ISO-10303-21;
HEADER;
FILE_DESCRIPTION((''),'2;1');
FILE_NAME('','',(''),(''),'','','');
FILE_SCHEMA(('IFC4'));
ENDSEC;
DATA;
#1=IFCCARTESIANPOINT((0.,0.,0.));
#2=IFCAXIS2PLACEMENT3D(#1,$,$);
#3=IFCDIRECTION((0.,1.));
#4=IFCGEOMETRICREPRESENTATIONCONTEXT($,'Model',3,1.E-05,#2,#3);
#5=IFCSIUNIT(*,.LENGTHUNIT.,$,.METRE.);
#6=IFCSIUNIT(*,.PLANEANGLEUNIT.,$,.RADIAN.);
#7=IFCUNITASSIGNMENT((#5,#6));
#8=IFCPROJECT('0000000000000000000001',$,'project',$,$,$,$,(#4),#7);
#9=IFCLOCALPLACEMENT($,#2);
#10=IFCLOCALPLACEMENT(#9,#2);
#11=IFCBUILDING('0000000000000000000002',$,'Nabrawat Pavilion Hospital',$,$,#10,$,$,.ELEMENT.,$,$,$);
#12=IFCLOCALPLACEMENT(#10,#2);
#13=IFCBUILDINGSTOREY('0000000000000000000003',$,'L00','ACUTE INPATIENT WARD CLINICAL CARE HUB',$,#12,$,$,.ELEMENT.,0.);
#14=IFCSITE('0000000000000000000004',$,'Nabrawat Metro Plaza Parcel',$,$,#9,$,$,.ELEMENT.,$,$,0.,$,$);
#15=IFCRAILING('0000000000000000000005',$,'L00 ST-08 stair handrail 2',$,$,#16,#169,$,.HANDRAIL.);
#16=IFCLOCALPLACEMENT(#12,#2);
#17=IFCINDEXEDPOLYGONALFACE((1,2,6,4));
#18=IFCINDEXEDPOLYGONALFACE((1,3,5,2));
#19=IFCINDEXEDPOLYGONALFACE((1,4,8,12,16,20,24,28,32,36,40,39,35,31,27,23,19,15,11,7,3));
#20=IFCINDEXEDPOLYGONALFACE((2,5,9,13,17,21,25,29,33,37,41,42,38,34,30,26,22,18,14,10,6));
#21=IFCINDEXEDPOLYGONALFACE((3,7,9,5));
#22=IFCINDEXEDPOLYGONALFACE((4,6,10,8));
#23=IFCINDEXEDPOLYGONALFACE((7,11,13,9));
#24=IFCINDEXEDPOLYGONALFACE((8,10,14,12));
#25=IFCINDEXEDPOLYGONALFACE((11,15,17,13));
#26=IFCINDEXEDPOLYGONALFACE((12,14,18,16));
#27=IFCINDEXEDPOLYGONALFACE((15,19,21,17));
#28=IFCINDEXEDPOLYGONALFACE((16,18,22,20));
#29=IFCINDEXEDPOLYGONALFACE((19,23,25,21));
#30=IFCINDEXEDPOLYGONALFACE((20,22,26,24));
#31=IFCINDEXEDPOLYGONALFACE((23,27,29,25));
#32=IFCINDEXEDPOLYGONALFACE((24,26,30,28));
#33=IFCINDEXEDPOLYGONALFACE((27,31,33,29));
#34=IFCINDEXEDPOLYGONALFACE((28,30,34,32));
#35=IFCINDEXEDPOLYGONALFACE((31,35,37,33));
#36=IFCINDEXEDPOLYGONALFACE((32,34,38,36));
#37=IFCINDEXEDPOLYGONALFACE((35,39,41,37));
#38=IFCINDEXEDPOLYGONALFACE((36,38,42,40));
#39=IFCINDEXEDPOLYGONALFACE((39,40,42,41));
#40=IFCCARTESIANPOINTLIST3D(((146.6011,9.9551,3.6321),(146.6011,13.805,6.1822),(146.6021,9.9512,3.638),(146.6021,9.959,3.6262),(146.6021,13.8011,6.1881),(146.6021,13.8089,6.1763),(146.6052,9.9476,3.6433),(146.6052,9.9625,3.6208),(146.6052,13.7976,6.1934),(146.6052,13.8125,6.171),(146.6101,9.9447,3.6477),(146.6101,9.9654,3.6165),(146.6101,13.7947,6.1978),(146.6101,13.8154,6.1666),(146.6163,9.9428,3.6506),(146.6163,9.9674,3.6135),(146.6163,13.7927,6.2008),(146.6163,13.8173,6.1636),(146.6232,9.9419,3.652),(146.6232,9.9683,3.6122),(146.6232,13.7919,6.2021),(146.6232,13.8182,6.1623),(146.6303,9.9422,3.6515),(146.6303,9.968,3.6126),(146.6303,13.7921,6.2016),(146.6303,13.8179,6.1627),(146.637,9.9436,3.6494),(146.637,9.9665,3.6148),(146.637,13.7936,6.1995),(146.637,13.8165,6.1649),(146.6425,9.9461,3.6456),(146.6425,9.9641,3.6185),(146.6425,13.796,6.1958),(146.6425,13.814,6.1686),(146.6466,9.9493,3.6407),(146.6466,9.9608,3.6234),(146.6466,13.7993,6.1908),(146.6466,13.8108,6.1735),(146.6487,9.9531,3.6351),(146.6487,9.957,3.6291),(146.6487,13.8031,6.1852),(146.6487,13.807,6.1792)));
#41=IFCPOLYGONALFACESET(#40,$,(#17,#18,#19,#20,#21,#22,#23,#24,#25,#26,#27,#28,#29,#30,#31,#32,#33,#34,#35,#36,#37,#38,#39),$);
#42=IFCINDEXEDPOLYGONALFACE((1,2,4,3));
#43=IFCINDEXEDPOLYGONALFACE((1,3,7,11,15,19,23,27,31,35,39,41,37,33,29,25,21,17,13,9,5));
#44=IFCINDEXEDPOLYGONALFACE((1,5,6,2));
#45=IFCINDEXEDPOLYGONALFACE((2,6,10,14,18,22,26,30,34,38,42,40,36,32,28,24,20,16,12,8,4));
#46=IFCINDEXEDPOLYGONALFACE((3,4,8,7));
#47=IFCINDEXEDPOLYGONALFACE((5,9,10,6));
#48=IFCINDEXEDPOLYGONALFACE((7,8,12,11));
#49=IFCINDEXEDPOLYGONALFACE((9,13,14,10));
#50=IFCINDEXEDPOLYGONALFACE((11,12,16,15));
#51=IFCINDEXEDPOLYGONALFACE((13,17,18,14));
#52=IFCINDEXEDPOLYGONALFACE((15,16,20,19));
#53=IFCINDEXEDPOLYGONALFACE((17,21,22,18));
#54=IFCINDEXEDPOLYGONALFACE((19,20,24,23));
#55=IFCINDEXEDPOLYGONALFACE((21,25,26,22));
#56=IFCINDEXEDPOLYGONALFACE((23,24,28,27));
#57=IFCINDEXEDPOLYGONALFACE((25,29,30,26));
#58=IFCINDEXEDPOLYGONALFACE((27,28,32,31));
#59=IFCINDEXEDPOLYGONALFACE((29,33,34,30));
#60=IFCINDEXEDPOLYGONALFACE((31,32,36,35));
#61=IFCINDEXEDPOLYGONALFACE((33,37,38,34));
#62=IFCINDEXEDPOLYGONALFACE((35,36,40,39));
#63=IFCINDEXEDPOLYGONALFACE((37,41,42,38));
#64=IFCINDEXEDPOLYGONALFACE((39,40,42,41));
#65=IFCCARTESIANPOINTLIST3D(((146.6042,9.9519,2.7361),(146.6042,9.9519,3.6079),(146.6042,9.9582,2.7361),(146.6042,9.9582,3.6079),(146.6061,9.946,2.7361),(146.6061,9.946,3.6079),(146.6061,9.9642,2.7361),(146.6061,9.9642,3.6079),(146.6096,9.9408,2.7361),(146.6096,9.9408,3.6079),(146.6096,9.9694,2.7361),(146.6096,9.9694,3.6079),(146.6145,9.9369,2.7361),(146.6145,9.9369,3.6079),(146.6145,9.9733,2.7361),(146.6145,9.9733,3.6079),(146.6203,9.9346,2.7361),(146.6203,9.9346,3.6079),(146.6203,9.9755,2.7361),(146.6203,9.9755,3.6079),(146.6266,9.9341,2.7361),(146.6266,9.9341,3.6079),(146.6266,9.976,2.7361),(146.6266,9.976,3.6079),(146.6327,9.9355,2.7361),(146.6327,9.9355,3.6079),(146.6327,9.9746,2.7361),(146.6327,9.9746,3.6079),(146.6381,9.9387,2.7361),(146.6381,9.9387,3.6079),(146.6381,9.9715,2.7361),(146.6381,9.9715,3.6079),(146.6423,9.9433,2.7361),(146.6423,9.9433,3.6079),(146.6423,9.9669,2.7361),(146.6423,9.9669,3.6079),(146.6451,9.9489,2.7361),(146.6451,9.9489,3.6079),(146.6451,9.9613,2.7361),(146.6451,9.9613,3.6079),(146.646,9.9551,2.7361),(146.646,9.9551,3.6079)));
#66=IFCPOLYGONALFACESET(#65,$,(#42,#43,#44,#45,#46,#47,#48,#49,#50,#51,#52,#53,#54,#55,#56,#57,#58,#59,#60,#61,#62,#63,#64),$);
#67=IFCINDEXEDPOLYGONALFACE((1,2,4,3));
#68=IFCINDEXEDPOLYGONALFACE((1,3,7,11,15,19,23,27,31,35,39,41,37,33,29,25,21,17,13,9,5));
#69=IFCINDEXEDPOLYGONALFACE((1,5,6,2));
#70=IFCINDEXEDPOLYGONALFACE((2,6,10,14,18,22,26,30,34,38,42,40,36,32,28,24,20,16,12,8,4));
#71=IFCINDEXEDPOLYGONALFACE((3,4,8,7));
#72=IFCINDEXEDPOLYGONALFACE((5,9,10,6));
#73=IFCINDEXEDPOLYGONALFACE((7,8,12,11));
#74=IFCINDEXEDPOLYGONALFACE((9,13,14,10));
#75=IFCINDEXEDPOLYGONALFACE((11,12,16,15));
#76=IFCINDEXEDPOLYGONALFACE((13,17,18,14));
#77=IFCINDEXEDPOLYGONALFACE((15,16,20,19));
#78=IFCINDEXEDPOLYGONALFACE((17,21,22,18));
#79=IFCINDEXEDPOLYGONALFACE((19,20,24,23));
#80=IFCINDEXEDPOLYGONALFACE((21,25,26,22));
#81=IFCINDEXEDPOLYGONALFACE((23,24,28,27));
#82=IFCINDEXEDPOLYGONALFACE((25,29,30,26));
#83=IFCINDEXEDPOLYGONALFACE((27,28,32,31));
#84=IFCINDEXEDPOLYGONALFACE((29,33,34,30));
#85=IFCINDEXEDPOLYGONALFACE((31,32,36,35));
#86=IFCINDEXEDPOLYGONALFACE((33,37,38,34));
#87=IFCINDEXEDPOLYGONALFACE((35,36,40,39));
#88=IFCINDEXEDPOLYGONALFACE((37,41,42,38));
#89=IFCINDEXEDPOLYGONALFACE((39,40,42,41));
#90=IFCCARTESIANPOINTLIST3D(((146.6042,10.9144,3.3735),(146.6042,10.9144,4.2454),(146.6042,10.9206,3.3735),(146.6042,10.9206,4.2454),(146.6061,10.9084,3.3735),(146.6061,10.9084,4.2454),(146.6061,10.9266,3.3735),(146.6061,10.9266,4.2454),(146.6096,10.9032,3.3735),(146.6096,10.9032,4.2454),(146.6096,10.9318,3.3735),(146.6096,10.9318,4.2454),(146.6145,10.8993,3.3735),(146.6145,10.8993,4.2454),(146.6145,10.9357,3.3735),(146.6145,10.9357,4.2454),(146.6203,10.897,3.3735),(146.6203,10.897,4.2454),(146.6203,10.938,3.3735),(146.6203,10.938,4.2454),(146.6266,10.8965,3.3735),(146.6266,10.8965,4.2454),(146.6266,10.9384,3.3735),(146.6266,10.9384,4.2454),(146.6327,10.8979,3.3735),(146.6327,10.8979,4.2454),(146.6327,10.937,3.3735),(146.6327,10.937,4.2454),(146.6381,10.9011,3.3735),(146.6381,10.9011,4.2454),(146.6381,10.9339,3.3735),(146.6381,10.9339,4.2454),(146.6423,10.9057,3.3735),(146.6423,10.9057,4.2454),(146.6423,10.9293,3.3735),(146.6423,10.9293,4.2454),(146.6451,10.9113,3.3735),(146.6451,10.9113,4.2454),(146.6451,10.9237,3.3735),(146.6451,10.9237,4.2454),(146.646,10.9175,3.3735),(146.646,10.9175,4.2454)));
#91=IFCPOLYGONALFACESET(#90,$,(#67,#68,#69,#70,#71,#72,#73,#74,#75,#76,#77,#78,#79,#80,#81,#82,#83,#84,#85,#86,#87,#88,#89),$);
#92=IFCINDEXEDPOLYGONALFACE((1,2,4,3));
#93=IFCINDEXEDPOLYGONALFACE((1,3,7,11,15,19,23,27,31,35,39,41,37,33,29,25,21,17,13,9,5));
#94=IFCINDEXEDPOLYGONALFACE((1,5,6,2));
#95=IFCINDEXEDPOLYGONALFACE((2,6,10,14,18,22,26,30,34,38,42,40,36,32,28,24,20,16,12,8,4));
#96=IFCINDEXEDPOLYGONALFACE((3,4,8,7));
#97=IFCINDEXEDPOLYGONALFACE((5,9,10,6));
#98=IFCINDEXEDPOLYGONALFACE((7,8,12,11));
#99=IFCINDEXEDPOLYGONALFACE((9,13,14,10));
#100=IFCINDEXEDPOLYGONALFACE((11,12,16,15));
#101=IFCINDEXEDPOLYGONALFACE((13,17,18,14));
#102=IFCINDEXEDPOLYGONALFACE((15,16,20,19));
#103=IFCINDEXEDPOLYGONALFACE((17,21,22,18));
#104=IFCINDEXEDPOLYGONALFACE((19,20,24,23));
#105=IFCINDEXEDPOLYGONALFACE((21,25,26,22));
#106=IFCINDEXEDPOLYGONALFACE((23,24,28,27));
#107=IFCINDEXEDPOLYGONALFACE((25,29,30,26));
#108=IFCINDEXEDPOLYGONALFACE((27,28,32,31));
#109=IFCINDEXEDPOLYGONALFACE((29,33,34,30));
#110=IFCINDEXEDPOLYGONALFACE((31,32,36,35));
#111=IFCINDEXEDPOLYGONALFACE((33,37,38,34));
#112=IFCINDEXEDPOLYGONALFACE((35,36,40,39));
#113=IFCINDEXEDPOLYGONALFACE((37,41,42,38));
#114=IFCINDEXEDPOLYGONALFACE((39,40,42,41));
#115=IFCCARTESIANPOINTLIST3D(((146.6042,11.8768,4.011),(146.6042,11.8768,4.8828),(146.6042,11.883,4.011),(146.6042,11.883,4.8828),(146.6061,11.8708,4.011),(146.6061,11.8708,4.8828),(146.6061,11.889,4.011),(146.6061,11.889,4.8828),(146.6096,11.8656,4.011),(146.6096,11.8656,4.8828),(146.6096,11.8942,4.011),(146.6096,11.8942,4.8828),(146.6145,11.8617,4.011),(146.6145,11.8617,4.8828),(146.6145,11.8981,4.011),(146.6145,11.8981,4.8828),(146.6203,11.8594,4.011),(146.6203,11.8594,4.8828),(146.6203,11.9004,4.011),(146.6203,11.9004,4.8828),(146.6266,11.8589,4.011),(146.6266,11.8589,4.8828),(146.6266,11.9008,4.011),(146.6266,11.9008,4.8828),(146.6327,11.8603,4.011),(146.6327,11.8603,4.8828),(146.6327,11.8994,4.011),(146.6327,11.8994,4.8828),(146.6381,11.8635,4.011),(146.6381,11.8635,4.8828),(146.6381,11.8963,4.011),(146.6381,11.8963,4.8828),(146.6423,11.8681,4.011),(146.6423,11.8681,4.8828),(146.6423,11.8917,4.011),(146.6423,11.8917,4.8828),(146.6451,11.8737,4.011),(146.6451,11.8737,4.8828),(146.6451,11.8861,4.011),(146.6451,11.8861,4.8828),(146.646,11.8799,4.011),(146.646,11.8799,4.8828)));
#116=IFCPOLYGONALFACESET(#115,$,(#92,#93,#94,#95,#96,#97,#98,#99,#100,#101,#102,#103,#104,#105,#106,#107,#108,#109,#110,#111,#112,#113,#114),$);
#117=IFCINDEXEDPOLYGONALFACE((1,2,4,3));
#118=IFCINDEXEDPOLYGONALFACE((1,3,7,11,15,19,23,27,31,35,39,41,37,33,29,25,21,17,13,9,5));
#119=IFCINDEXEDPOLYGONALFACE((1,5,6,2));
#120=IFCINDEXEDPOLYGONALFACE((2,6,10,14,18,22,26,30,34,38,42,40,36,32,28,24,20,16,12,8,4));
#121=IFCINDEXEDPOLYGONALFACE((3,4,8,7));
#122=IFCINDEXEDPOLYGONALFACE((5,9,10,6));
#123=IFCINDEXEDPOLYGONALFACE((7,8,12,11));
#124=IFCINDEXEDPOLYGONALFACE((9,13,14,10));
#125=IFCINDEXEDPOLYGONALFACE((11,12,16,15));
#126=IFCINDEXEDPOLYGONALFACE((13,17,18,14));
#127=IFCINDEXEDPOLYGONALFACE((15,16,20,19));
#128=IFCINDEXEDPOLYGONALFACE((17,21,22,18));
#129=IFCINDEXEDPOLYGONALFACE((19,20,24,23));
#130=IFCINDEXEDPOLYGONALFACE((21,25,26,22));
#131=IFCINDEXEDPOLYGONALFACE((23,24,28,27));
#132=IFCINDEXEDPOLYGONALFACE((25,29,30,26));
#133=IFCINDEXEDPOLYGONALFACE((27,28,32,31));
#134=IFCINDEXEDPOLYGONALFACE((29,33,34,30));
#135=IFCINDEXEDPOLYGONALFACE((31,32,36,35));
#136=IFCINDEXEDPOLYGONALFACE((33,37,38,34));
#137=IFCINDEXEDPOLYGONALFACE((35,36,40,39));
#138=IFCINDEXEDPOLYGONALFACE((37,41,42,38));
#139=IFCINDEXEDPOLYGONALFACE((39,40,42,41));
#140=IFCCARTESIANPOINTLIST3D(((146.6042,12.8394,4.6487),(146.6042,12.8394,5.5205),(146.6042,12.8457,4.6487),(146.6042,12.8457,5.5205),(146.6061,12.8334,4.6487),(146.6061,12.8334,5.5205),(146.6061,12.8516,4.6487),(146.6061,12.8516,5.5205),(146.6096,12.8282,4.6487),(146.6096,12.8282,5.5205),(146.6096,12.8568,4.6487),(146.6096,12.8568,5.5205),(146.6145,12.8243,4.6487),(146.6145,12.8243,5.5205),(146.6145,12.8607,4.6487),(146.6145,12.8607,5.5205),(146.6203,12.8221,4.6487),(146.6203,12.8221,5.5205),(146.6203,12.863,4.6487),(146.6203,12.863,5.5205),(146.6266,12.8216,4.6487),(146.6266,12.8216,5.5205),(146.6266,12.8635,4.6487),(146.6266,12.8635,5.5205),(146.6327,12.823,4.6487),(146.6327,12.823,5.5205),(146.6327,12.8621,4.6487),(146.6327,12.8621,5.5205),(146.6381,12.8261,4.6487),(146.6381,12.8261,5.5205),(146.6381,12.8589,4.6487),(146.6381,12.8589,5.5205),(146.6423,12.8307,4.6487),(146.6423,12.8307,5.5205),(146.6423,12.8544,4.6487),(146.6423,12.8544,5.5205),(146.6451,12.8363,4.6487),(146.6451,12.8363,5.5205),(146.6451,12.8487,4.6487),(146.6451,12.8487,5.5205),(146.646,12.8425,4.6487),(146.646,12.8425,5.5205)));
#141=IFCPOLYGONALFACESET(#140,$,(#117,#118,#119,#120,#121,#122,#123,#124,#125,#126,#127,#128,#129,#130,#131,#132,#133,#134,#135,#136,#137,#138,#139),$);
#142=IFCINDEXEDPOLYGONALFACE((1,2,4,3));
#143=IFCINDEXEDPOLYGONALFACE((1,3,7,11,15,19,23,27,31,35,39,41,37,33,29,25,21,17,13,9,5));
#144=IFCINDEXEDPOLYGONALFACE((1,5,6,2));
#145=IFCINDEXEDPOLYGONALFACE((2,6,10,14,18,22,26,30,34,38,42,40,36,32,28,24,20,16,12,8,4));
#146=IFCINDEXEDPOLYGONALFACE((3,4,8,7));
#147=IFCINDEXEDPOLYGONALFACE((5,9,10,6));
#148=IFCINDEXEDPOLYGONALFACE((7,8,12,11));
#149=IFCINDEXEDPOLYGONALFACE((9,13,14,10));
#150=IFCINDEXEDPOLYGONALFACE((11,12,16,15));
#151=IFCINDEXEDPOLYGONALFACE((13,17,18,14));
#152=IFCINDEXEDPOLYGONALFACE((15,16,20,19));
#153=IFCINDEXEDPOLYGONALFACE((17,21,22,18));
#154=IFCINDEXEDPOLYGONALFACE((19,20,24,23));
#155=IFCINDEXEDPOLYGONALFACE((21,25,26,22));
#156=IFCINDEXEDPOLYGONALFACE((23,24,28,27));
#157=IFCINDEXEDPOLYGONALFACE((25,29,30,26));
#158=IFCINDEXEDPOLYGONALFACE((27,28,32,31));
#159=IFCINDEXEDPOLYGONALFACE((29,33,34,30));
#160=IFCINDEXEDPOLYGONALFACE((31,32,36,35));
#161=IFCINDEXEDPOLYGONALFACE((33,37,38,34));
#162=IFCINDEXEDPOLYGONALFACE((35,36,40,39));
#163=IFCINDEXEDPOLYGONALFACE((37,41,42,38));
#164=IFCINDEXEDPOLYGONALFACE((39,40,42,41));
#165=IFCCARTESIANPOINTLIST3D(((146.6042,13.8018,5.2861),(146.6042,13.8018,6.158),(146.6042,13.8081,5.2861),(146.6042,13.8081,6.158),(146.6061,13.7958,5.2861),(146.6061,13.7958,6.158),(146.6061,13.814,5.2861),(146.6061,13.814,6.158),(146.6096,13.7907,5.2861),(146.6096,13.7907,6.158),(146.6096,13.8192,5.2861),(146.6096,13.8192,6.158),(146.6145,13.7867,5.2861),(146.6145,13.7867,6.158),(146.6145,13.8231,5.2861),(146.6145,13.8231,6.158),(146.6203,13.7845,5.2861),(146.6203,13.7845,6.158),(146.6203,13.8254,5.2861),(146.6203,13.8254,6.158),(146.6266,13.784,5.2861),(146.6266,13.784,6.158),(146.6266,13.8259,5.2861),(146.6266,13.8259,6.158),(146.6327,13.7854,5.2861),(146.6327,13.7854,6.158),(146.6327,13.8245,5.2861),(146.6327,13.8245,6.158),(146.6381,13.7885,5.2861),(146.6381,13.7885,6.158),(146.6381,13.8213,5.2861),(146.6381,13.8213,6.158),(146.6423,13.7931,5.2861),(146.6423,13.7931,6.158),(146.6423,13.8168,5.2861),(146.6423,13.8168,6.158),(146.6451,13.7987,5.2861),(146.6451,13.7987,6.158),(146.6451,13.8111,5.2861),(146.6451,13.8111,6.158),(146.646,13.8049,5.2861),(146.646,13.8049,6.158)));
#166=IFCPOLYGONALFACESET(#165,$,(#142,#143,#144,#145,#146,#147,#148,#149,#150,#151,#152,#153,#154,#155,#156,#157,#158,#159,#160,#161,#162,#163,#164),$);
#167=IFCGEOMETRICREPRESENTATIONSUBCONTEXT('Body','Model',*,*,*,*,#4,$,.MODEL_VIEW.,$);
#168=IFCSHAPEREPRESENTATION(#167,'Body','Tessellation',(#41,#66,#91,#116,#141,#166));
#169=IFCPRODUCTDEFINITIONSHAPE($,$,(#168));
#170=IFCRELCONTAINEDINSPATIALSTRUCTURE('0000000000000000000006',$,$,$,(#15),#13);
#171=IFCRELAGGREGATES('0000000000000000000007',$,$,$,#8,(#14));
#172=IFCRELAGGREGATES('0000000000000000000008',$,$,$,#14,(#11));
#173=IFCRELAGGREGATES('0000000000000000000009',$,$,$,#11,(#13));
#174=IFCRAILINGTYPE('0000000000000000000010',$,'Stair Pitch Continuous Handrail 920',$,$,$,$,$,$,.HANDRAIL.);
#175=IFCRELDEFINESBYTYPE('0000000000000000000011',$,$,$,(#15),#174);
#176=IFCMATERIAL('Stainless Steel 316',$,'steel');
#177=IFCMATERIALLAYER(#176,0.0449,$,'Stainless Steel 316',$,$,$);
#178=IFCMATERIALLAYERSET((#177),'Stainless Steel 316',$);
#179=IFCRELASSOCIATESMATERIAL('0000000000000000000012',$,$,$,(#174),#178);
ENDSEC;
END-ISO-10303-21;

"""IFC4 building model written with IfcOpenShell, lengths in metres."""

from ifc_helpers import new_model, si_unit, direction, frame, origin, origin_2d, place, context, subcontext, project, spatial, circle, extrude, material, layer, layer_set, type_object, element, save


model = new_model("IFC4")

# Units and contexts
model_context = context("Model", 3, precision=1e-05, world=origin(), true_north=direction((0.0, 1.0)))
body_context = subcontext(model_context, "Body", "Model", "MODEL_VIEW")
ifc_project = project(units=[si_unit("LENGTHUNIT", "METRE"), si_unit("PLANEANGLEUNIT", "RADIAN")], contexts=[model_context])

# Site, building, storey
site_placement = place(None, origin())
site = spatial("IfcSite", under=ifc_project, at=site_placement, Name="Nabrawat Metro Plaza Parcel", CompositionType="ELEMENT", RefElevation=0.0)
building_placement = place(site_placement, origin())
building = spatial("IfcBuilding", under=site, at=building_placement, Name="Nabrawat Pavilion Hospital", CompositionType="ELEMENT")
storey_placement = place(building_placement, origin())
storey = spatial("IfcBuildingStorey", under=building, at=storey_placement, Name="L00", Description="ACUTE INPATIENT WARD CLINICAL CARE HUB", CompositionType="ELEMENT", Elevation=0.0)

# Railing
ifc_material_1 = material(Name="Stainless Steel 316", Category="steel")
ifc_layer_1 = layer(ifc_material_1, 0.0449, Name="Stainless Steel 316")
ifc_layer_set_1 = layer_set([ifc_layer_1], Name="Stainless Steel 316")
railing_type_1 = type_object("IfcRailingType", Name="Stair Pitch Continuous Handrail 920", PredefinedType="HANDRAIL", material=ifc_layer_set_1)
railing_1_placement = place(storey_placement, frame((146.625, 9.9551, 2.7361)))
element("IfcRailing", 1, at=railing_1_placement, inside=storey, type_object=railing_type_1, Name="L00 ST-08 stair handrail 2", PredefinedType="HANDRAIL", context=body_context, shape_type="SweptSolid", body=[
    extrude(circle(Radius=0.0239, at=origin_2d()), frame((0.0, 0.0, 0.896), z_axis=(0.0, 0.833698, 0.552221), x_axis=(-1.0, 0.0, 0.0)), (0.0, 0.0, 1.0), 4.6179),
    extrude(circle(Radius=0.021, at=origin_2d()), origin(), (0.0, 0.0, 1.0), 0.8718),
    extrude(circle(Radius=0.021, at=origin_2d()), frame((0.0, 0.9624, 0.6375)), (0.0, 0.0, 1.0), 0.8718),
    extrude(circle(Radius=0.021, at=origin_2d()), frame((0.0, 1.9248, 1.2749)), (0.0, 0.0, 1.0), 0.8718),
    extrude(circle(Radius=0.021, at=origin_2d()), frame((0.0, 2.8875, 1.9126)), (0.0, 0.0, 1.0), 0.8718),
    extrude(circle(Radius=0.021, at=origin_2d()), frame((0.0, 3.8499, 2.55)), (0.0, 0.0, 1.0), 0.8718),
])

save(model, "model.ifc")
